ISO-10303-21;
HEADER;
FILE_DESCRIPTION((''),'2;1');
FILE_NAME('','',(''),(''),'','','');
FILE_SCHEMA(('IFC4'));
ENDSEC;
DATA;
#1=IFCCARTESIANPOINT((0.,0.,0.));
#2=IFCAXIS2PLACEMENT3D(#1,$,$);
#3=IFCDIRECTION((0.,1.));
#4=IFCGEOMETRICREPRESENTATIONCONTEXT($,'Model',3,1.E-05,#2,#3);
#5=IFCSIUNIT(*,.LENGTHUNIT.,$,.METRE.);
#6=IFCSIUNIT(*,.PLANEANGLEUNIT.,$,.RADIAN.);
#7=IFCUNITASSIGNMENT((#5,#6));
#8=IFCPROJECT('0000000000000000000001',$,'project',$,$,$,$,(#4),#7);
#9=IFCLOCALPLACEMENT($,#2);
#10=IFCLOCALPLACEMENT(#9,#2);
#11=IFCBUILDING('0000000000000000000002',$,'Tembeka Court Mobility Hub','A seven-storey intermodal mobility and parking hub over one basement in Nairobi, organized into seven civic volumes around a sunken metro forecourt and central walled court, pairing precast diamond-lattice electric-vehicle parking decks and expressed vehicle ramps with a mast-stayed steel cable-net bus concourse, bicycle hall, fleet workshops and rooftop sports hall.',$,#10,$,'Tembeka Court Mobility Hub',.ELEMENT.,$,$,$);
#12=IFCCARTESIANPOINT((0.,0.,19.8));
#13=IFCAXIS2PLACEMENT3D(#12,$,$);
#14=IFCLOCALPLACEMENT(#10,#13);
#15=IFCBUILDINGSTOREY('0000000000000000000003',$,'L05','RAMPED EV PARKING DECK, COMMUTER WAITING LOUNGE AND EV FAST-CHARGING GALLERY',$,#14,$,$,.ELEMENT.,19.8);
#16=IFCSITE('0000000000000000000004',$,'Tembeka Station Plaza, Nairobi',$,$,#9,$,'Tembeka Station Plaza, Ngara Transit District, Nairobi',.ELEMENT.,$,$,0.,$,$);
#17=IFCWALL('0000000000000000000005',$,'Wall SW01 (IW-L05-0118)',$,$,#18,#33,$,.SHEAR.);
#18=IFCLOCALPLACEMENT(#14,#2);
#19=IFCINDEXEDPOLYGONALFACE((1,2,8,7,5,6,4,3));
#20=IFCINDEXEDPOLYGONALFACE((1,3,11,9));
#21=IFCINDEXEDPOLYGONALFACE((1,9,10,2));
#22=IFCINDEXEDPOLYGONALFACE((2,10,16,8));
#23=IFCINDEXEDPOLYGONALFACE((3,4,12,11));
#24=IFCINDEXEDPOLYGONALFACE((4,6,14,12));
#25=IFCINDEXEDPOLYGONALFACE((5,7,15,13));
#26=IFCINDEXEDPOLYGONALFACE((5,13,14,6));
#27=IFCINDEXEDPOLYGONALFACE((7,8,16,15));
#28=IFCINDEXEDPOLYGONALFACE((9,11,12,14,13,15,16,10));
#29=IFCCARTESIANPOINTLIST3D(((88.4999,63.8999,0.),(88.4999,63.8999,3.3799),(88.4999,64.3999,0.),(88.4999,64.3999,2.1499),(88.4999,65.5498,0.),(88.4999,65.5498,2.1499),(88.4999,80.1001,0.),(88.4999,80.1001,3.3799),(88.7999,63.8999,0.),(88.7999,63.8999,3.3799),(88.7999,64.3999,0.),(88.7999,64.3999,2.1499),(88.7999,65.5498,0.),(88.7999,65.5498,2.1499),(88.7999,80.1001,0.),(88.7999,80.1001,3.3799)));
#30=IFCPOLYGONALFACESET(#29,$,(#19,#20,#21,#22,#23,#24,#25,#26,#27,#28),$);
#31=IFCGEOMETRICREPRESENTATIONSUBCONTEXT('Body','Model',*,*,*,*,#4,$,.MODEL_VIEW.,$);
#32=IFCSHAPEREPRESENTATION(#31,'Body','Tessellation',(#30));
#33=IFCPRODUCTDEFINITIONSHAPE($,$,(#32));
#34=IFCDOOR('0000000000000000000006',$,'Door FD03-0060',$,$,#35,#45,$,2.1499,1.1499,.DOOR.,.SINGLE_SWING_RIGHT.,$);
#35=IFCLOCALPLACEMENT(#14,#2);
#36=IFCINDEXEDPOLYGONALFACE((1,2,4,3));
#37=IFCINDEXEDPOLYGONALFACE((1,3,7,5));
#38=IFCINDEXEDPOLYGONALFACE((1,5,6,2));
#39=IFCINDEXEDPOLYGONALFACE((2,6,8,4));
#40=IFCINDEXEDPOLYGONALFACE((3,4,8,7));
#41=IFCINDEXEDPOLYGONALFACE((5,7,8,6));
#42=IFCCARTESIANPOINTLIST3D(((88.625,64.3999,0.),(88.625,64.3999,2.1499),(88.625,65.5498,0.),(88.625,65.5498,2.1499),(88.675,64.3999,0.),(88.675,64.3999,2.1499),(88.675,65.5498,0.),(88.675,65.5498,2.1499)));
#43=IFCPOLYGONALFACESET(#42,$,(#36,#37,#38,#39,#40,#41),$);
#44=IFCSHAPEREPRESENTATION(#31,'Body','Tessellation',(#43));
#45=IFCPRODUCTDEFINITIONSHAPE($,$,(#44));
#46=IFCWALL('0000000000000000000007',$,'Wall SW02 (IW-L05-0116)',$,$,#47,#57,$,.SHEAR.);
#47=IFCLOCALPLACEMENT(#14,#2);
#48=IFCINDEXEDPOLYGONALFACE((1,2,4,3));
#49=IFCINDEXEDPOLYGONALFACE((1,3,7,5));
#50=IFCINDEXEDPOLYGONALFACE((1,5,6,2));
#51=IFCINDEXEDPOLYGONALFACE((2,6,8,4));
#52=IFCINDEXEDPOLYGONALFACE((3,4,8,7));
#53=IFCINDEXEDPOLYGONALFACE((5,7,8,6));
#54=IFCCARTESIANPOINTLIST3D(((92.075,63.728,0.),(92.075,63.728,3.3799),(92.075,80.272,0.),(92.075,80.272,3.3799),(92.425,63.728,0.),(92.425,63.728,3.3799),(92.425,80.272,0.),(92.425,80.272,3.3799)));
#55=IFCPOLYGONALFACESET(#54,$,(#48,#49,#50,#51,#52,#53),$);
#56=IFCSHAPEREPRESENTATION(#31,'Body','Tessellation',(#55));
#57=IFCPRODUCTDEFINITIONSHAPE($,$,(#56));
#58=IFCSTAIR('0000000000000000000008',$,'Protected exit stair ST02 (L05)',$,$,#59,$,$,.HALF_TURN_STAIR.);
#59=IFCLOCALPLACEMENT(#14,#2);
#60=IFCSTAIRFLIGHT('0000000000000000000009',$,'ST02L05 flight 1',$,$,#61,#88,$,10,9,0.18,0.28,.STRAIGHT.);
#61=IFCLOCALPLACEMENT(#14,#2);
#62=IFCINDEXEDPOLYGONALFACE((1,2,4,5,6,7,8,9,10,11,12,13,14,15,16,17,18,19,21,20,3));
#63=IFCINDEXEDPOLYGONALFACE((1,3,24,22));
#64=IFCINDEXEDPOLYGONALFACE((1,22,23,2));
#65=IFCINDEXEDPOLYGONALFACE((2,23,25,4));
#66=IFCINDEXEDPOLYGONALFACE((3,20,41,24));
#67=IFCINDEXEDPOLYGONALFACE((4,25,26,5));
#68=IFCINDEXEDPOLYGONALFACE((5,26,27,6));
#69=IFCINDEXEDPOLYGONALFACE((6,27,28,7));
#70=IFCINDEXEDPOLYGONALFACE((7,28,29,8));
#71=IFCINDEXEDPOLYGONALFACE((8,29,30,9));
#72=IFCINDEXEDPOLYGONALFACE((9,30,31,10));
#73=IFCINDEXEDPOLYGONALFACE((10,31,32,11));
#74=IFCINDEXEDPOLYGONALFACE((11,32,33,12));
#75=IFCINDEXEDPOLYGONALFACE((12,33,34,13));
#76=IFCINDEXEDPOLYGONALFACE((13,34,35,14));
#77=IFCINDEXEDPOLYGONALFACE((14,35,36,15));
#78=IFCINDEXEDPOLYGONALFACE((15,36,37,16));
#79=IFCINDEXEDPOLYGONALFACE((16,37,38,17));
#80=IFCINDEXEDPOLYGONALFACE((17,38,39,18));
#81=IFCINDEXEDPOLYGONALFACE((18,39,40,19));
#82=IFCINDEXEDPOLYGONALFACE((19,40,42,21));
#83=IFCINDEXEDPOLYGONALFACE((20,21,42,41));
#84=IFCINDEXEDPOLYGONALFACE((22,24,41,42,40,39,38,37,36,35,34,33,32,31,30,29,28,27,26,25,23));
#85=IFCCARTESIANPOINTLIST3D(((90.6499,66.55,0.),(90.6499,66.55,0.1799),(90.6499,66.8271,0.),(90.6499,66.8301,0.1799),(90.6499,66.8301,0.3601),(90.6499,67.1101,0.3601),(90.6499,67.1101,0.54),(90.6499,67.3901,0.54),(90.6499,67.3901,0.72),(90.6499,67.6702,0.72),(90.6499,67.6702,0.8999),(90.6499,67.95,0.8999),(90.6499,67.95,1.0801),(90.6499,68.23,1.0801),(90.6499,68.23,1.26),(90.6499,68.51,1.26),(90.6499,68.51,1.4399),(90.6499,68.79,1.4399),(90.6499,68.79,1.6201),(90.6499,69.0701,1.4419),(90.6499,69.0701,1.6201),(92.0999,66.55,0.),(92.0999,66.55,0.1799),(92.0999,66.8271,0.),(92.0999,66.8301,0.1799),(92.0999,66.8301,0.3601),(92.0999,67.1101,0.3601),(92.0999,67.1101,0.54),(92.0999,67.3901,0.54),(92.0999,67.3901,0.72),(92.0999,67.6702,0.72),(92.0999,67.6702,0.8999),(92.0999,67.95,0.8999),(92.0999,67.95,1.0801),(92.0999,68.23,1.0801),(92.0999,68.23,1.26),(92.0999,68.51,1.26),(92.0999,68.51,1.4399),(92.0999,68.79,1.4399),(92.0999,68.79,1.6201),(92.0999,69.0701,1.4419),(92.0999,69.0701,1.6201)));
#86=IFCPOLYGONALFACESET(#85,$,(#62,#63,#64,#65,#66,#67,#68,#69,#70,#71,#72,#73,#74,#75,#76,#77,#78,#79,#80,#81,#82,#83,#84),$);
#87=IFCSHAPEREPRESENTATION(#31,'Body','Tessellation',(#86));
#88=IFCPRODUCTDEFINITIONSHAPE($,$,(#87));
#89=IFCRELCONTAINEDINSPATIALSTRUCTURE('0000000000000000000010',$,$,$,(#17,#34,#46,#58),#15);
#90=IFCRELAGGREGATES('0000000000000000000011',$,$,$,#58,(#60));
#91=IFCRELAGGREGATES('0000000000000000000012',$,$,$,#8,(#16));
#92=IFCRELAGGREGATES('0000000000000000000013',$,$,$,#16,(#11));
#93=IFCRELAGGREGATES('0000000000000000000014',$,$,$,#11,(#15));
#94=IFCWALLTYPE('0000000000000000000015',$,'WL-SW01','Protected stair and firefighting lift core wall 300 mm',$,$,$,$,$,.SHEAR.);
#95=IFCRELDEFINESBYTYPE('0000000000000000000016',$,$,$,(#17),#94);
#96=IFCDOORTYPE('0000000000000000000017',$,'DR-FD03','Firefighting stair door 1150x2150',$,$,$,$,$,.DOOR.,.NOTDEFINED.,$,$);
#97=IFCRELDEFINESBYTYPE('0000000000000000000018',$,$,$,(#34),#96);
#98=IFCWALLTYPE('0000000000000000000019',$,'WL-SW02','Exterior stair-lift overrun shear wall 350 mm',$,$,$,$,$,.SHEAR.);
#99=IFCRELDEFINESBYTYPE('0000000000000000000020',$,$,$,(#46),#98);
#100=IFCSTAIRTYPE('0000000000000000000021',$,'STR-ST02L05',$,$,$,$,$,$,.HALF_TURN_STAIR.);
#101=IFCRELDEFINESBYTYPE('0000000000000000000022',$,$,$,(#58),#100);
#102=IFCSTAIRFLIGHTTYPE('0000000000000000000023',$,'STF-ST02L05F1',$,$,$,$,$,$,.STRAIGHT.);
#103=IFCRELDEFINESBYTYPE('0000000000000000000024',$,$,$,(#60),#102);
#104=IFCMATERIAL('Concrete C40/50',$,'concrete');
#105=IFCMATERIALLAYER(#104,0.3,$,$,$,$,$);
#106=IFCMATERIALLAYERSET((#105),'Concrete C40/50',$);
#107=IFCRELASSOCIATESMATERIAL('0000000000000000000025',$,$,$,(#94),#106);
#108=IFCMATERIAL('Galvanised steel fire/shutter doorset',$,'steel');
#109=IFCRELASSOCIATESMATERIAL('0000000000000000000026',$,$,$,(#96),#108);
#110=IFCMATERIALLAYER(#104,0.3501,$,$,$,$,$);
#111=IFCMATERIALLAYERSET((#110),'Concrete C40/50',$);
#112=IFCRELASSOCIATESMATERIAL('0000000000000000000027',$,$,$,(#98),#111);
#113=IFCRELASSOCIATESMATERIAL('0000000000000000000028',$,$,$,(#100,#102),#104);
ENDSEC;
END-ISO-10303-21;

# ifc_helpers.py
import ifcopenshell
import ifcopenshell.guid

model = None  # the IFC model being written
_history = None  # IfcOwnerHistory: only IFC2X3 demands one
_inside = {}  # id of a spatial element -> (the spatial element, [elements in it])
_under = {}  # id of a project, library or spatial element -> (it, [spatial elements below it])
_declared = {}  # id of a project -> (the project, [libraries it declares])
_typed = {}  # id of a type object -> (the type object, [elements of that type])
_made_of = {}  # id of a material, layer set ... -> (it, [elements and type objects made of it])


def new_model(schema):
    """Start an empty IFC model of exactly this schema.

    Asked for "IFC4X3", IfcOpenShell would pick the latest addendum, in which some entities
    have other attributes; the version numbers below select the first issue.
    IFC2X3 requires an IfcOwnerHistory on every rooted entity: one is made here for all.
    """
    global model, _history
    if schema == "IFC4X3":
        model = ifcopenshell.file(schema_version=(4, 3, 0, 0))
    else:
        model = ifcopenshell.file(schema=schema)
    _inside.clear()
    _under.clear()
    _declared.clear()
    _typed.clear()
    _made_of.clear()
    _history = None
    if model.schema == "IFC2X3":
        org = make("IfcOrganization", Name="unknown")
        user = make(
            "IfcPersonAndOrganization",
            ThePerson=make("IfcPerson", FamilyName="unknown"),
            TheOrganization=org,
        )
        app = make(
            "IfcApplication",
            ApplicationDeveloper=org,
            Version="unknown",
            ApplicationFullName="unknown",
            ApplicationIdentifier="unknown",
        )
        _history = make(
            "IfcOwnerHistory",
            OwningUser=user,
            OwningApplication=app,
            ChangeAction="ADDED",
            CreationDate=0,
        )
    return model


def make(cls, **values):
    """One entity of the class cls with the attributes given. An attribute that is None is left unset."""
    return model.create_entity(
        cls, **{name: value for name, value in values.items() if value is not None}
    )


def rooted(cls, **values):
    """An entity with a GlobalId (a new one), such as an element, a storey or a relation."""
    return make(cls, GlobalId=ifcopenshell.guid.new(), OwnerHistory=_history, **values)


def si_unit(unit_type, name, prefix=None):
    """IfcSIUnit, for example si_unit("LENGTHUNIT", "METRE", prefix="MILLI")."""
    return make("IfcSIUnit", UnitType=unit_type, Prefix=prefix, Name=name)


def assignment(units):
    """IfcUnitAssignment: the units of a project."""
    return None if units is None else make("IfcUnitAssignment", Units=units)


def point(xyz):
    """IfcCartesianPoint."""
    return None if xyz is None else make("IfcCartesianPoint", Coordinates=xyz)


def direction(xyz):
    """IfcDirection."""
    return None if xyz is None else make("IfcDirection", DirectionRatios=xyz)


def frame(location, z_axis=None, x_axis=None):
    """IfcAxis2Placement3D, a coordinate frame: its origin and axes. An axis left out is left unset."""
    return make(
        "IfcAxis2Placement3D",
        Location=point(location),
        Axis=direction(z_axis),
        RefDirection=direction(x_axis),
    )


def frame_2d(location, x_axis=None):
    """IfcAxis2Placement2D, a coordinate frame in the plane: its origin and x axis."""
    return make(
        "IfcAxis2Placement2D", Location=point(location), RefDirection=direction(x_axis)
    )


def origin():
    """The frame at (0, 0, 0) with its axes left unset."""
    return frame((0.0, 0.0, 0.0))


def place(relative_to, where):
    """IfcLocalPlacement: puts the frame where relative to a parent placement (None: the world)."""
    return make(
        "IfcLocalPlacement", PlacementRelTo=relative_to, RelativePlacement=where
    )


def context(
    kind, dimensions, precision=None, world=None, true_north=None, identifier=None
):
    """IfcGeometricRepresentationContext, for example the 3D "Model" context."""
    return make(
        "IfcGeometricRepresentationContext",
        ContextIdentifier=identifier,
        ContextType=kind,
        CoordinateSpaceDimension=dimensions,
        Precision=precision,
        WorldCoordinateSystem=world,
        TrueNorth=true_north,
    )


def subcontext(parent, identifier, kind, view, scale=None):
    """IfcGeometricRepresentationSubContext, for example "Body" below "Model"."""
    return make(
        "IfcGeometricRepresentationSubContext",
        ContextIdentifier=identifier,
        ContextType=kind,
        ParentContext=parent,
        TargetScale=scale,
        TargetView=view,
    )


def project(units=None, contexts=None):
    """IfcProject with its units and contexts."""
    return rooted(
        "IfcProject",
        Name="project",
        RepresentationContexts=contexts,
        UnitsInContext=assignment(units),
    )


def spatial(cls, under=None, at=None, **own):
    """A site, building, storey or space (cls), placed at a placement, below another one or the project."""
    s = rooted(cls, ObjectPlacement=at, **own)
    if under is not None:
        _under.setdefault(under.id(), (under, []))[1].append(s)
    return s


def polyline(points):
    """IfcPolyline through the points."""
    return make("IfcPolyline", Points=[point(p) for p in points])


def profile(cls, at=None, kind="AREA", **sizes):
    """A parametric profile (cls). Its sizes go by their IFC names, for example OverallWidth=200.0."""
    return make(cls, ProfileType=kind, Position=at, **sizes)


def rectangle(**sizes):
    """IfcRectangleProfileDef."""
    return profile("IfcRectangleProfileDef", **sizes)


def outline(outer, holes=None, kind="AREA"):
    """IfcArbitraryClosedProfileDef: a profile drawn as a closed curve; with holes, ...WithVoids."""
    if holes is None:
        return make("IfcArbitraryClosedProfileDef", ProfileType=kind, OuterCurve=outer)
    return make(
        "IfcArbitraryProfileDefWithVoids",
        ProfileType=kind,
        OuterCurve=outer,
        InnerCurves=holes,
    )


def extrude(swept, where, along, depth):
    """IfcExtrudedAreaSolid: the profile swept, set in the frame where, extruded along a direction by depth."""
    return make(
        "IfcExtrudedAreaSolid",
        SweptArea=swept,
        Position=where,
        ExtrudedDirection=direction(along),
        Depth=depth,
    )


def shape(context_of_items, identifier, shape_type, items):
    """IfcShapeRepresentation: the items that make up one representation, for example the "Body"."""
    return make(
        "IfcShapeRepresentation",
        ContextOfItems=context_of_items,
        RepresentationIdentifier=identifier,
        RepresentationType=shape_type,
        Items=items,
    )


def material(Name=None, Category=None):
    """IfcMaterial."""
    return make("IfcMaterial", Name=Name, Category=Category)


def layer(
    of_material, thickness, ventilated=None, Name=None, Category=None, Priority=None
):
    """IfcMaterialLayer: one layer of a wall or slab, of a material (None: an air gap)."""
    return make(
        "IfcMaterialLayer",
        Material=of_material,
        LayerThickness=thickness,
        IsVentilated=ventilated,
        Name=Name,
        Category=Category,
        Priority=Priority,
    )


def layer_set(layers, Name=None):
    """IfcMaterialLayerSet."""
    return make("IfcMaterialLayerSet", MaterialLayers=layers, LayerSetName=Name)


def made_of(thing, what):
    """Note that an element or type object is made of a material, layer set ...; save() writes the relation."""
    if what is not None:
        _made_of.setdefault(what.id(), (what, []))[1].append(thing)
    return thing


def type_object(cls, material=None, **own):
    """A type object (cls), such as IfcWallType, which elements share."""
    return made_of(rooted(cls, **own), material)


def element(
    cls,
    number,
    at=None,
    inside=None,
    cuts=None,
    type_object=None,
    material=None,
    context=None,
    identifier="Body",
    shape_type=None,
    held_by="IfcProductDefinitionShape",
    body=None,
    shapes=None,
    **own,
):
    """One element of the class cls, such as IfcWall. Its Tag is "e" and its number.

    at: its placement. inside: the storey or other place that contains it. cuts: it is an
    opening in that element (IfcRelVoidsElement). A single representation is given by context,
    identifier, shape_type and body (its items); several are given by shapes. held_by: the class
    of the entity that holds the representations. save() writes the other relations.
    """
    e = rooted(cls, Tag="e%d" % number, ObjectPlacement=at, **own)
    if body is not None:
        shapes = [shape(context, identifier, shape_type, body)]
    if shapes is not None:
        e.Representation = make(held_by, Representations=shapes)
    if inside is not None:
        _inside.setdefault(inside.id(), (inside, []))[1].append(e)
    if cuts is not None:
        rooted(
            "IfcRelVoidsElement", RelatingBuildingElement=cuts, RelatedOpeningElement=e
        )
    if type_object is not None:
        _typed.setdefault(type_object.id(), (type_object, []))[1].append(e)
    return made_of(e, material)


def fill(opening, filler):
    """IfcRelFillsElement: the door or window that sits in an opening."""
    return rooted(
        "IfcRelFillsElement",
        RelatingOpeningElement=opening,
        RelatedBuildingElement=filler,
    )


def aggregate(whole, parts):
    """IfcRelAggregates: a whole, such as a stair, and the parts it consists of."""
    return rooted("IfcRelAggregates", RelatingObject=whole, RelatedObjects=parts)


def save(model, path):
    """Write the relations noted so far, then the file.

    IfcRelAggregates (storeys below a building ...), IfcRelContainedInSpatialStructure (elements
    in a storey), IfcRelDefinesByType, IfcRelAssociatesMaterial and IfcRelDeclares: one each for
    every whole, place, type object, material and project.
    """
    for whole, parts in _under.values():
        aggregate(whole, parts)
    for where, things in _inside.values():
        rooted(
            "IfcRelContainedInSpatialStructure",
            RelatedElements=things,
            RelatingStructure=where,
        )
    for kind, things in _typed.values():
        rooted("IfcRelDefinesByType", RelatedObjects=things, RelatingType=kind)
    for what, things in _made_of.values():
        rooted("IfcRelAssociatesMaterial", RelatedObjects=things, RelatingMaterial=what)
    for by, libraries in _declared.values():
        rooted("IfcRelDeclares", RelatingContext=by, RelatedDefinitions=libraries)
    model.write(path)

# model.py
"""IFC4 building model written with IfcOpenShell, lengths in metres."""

from ifc_helpers import new_model, si_unit, direction, frame, frame_2d, origin, place, context, subcontext, project, spatial, polyline, rectangle, outline, extrude, material, layer, layer_set, type_object, element, fill, aggregate, save


model = new_model("IFC4")

# Units and contexts
model_context = context("Model", 3, precision=1e-05, world=origin(), true_north=direction((0.0, 1.0)))
body_context = subcontext(model_context, "Body", "Model", "MODEL_VIEW")
ifc_project = project(units=[si_unit("LENGTHUNIT", "METRE"), si_unit("PLANEANGLEUNIT", "RADIAN")], contexts=[model_context])

# Site, building, storey
site_placement = place(None, origin())
site = spatial("IfcSite", under=ifc_project, at=site_placement, Name="Tembeka Station Plaza, Nairobi", LongName="Tembeka Station Plaza, Ngara Transit District, Nairobi", CompositionType="ELEMENT", RefElevation=0.0)
building_placement = place(site_placement, origin())
building = spatial("IfcBuilding", under=site, at=building_placement, Name="Tembeka Court Mobility Hub", Description="A seven-storey intermodal mobility and parking hub over one basement in Nairobi, organized into seven civic volumes around a sunken metro forecourt and central walled court, pairing precast diamond-lattice electric-vehicle parking decks and expressed vehicle ramps with a mast-stayed steel cable-net bus concourse, bicycle hall, fleet workshops and rooftop sports hall.", LongName="Tembeka Court Mobility Hub", CompositionType="ELEMENT")
storey_placement = place(building_placement, frame((0.0, 0.0, 19.8)))
storey = spatial("IfcBuildingStorey", under=building, at=storey_placement, Name="L05", Description="RAMPED EV PARKING DECK, COMMUTER WAITING LOUNGE AND EV FAST-CHARGING GALLERY", CompositionType="ELEMENT", Elevation=19.8)

# Shared definitions
ifc_material_1 = material(Name="Concrete C40/50", Category="concrete")
ifc_layer_1 = layer(ifc_material_1, 0.3)
ifc_layer_set_1 = layer_set([ifc_layer_1], Name="Concrete C40/50")
wall_type_1 = type_object("IfcWallType", Name="WL-SW01", Description="Protected stair and firefighting lift core wall 300 mm", PredefinedType="SHEAR", material=ifc_layer_set_1)

# Wall, opening, door
ifc_material_2 = material(Name="Galvanised steel fire/shutter doorset", Category="steel")
wall_1_placement = place(storey_placement, frame((88.6499, 63.8999, 0.0), z_axis=(0.0, 0.0, 1.0), x_axis=(0.0, 1.0, 0.0)))
wall_1 = element("IfcWall", 1, at=wall_1_placement, inside=storey, type_object=wall_type_1, Name="Wall SW01 (IW-L05-0118)", PredefinedType="SHEAR", context=body_context, shape_type="SweptSolid", body=[
    extrude(rectangle(XDim=16.2002, YDim=0.3, at=frame_2d((8.1001, 0.0))), origin(), (0.0, 0.0, 1.0), 3.3799),
])
opening_1_placement = place(wall_1_placement, frame((0.5, 0.0, 0.0)))
opening_1 = element("IfcOpeningElement", 2, at=opening_1_placement, cuts=wall_1, PredefinedType="OPENING", context=body_context, shape_type="SweptSolid", body=[
    extrude(rectangle(XDim=1.1499, YDim=2.1499, at=frame_2d((0.575, 1.075))), frame((0.0, 0.1602, 0.0), z_axis=(0.0, -1.0, 0.0), x_axis=(1.0, 0.0, 0.0)), (0.0, 0.0, 1.0), 0.3201),
])
door_type_1 = type_object("IfcDoorType", Name="DR-FD03", Description="Firefighting stair door 1150x2150", OperationType="NOTDEFINED", PredefinedType="DOOR", material=ifc_material_2)
door_1_placement = place(opening_1_placement, origin())
door_1 = element("IfcDoor", 3, at=door_1_placement, inside=storey, type_object=door_type_1, Name="Door FD03-0060", OperationType="SINGLE_SWING_RIGHT", OverallHeight=2.1499, OverallWidth=1.1499, PredefinedType="DOOR", context=body_context, shape_type="SweptSolid", body=[
    extrude(rectangle(XDim=1.1499, YDim=2.1499, at=frame_2d((0.575, 1.075))), frame((0.0, 0.0249, 0.0), z_axis=(0.0, -1.0, 0.0), x_axis=(1.0, 0.0, 0.0)), (0.0, 0.0, 1.0), 0.05),
])
fill(opening_1, door_1)

# Wall
ifc_layer_2 = layer(ifc_material_1, 0.3501)
ifc_layer_set_2 = layer_set([ifc_layer_2], Name="Concrete C40/50")
wall_type_2 = type_object("IfcWallType", Name="WL-SW02", Description="Exterior stair-lift overrun shear wall 350 mm", PredefinedType="SHEAR", material=ifc_layer_set_2)
wall_2_placement = place(storey_placement, frame((92.25, 63.728, 0.0), z_axis=(0.0, 0.0, 1.0), x_axis=(0.0, 1.0, 0.0)))
element("IfcWall", 4, at=wall_2_placement, inside=storey, type_object=wall_type_2, Name="Wall SW02 (IW-L05-0116)", PredefinedType="SHEAR", context=body_context, shape_type="SweptSolid", body=[
    extrude(rectangle(XDim=16.5439, YDim=0.3501, at=frame_2d((8.272, 0.0))), origin(), (0.0, 0.0, 1.0), 3.3799),
])

# Stair, stair flight
stair_type = type_object("IfcStairType", Name="STR-ST02L05", PredefinedType="HALF_TURN_STAIR", material=ifc_material_1)
stair_placement = place(storey_placement, origin())
stair = element("IfcStair", 5, at=stair_placement, inside=storey, type_object=stair_type, Name="Protected exit stair ST02 (L05)", PredefinedType="HALF_TURN_STAIR")
stair_flight_type = type_object("IfcStairFlightType", Name="STF-ST02L05F1", PredefinedType="STRAIGHT", material=ifc_material_1)
stair_flight_placement = place(storey_placement, frame((91.375, 66.55, 0.0), z_axis=(0.0, 0.0, 1.0), x_axis=(0.0, 1.0, 0.0)))
stair_flight = element("IfcStairFlight", 6, at=stair_flight_placement, type_object=stair_flight_type, Name="ST02L05 flight 1", NumberOfRisers=10, NumberOfTreads=9, PredefinedType="STRAIGHT", RiserHeight=0.18, TreadLength=0.28, context=body_context, shape_type="SweptSolid", body=[
    extrude(outline(polyline([(0.0, 0.0), (0.0, 0.1799), (0.28, 0.1799), (0.28, 0.3601), (0.5601, 0.3601), (0.5601, 0.54), (0.8401, 0.54), (0.8401, 0.72), (1.1201, 0.72), (1.1201, 0.8999), (1.3999, 0.8999), (1.3999, 1.0801), (1.6799, 1.0801), (1.6799, 1.26), (1.96, 1.26), (1.96, 1.4399), (2.24, 1.4399), (2.24, 1.6201), (2.52, 1.6201), (2.52, 1.8), (2.52, 1.4419), (0.2771, 0.0), (0.0, 0.0)])), frame((0.0, 0.7251, 0.0), z_axis=(0.0, -1.0, 0.0), x_axis=(1.0, 0.0, 0.0)), (0.0, 0.0, 1.0), 1.45),
])
aggregate(stair, [stair_flight])

save(model, "model.ifc")
